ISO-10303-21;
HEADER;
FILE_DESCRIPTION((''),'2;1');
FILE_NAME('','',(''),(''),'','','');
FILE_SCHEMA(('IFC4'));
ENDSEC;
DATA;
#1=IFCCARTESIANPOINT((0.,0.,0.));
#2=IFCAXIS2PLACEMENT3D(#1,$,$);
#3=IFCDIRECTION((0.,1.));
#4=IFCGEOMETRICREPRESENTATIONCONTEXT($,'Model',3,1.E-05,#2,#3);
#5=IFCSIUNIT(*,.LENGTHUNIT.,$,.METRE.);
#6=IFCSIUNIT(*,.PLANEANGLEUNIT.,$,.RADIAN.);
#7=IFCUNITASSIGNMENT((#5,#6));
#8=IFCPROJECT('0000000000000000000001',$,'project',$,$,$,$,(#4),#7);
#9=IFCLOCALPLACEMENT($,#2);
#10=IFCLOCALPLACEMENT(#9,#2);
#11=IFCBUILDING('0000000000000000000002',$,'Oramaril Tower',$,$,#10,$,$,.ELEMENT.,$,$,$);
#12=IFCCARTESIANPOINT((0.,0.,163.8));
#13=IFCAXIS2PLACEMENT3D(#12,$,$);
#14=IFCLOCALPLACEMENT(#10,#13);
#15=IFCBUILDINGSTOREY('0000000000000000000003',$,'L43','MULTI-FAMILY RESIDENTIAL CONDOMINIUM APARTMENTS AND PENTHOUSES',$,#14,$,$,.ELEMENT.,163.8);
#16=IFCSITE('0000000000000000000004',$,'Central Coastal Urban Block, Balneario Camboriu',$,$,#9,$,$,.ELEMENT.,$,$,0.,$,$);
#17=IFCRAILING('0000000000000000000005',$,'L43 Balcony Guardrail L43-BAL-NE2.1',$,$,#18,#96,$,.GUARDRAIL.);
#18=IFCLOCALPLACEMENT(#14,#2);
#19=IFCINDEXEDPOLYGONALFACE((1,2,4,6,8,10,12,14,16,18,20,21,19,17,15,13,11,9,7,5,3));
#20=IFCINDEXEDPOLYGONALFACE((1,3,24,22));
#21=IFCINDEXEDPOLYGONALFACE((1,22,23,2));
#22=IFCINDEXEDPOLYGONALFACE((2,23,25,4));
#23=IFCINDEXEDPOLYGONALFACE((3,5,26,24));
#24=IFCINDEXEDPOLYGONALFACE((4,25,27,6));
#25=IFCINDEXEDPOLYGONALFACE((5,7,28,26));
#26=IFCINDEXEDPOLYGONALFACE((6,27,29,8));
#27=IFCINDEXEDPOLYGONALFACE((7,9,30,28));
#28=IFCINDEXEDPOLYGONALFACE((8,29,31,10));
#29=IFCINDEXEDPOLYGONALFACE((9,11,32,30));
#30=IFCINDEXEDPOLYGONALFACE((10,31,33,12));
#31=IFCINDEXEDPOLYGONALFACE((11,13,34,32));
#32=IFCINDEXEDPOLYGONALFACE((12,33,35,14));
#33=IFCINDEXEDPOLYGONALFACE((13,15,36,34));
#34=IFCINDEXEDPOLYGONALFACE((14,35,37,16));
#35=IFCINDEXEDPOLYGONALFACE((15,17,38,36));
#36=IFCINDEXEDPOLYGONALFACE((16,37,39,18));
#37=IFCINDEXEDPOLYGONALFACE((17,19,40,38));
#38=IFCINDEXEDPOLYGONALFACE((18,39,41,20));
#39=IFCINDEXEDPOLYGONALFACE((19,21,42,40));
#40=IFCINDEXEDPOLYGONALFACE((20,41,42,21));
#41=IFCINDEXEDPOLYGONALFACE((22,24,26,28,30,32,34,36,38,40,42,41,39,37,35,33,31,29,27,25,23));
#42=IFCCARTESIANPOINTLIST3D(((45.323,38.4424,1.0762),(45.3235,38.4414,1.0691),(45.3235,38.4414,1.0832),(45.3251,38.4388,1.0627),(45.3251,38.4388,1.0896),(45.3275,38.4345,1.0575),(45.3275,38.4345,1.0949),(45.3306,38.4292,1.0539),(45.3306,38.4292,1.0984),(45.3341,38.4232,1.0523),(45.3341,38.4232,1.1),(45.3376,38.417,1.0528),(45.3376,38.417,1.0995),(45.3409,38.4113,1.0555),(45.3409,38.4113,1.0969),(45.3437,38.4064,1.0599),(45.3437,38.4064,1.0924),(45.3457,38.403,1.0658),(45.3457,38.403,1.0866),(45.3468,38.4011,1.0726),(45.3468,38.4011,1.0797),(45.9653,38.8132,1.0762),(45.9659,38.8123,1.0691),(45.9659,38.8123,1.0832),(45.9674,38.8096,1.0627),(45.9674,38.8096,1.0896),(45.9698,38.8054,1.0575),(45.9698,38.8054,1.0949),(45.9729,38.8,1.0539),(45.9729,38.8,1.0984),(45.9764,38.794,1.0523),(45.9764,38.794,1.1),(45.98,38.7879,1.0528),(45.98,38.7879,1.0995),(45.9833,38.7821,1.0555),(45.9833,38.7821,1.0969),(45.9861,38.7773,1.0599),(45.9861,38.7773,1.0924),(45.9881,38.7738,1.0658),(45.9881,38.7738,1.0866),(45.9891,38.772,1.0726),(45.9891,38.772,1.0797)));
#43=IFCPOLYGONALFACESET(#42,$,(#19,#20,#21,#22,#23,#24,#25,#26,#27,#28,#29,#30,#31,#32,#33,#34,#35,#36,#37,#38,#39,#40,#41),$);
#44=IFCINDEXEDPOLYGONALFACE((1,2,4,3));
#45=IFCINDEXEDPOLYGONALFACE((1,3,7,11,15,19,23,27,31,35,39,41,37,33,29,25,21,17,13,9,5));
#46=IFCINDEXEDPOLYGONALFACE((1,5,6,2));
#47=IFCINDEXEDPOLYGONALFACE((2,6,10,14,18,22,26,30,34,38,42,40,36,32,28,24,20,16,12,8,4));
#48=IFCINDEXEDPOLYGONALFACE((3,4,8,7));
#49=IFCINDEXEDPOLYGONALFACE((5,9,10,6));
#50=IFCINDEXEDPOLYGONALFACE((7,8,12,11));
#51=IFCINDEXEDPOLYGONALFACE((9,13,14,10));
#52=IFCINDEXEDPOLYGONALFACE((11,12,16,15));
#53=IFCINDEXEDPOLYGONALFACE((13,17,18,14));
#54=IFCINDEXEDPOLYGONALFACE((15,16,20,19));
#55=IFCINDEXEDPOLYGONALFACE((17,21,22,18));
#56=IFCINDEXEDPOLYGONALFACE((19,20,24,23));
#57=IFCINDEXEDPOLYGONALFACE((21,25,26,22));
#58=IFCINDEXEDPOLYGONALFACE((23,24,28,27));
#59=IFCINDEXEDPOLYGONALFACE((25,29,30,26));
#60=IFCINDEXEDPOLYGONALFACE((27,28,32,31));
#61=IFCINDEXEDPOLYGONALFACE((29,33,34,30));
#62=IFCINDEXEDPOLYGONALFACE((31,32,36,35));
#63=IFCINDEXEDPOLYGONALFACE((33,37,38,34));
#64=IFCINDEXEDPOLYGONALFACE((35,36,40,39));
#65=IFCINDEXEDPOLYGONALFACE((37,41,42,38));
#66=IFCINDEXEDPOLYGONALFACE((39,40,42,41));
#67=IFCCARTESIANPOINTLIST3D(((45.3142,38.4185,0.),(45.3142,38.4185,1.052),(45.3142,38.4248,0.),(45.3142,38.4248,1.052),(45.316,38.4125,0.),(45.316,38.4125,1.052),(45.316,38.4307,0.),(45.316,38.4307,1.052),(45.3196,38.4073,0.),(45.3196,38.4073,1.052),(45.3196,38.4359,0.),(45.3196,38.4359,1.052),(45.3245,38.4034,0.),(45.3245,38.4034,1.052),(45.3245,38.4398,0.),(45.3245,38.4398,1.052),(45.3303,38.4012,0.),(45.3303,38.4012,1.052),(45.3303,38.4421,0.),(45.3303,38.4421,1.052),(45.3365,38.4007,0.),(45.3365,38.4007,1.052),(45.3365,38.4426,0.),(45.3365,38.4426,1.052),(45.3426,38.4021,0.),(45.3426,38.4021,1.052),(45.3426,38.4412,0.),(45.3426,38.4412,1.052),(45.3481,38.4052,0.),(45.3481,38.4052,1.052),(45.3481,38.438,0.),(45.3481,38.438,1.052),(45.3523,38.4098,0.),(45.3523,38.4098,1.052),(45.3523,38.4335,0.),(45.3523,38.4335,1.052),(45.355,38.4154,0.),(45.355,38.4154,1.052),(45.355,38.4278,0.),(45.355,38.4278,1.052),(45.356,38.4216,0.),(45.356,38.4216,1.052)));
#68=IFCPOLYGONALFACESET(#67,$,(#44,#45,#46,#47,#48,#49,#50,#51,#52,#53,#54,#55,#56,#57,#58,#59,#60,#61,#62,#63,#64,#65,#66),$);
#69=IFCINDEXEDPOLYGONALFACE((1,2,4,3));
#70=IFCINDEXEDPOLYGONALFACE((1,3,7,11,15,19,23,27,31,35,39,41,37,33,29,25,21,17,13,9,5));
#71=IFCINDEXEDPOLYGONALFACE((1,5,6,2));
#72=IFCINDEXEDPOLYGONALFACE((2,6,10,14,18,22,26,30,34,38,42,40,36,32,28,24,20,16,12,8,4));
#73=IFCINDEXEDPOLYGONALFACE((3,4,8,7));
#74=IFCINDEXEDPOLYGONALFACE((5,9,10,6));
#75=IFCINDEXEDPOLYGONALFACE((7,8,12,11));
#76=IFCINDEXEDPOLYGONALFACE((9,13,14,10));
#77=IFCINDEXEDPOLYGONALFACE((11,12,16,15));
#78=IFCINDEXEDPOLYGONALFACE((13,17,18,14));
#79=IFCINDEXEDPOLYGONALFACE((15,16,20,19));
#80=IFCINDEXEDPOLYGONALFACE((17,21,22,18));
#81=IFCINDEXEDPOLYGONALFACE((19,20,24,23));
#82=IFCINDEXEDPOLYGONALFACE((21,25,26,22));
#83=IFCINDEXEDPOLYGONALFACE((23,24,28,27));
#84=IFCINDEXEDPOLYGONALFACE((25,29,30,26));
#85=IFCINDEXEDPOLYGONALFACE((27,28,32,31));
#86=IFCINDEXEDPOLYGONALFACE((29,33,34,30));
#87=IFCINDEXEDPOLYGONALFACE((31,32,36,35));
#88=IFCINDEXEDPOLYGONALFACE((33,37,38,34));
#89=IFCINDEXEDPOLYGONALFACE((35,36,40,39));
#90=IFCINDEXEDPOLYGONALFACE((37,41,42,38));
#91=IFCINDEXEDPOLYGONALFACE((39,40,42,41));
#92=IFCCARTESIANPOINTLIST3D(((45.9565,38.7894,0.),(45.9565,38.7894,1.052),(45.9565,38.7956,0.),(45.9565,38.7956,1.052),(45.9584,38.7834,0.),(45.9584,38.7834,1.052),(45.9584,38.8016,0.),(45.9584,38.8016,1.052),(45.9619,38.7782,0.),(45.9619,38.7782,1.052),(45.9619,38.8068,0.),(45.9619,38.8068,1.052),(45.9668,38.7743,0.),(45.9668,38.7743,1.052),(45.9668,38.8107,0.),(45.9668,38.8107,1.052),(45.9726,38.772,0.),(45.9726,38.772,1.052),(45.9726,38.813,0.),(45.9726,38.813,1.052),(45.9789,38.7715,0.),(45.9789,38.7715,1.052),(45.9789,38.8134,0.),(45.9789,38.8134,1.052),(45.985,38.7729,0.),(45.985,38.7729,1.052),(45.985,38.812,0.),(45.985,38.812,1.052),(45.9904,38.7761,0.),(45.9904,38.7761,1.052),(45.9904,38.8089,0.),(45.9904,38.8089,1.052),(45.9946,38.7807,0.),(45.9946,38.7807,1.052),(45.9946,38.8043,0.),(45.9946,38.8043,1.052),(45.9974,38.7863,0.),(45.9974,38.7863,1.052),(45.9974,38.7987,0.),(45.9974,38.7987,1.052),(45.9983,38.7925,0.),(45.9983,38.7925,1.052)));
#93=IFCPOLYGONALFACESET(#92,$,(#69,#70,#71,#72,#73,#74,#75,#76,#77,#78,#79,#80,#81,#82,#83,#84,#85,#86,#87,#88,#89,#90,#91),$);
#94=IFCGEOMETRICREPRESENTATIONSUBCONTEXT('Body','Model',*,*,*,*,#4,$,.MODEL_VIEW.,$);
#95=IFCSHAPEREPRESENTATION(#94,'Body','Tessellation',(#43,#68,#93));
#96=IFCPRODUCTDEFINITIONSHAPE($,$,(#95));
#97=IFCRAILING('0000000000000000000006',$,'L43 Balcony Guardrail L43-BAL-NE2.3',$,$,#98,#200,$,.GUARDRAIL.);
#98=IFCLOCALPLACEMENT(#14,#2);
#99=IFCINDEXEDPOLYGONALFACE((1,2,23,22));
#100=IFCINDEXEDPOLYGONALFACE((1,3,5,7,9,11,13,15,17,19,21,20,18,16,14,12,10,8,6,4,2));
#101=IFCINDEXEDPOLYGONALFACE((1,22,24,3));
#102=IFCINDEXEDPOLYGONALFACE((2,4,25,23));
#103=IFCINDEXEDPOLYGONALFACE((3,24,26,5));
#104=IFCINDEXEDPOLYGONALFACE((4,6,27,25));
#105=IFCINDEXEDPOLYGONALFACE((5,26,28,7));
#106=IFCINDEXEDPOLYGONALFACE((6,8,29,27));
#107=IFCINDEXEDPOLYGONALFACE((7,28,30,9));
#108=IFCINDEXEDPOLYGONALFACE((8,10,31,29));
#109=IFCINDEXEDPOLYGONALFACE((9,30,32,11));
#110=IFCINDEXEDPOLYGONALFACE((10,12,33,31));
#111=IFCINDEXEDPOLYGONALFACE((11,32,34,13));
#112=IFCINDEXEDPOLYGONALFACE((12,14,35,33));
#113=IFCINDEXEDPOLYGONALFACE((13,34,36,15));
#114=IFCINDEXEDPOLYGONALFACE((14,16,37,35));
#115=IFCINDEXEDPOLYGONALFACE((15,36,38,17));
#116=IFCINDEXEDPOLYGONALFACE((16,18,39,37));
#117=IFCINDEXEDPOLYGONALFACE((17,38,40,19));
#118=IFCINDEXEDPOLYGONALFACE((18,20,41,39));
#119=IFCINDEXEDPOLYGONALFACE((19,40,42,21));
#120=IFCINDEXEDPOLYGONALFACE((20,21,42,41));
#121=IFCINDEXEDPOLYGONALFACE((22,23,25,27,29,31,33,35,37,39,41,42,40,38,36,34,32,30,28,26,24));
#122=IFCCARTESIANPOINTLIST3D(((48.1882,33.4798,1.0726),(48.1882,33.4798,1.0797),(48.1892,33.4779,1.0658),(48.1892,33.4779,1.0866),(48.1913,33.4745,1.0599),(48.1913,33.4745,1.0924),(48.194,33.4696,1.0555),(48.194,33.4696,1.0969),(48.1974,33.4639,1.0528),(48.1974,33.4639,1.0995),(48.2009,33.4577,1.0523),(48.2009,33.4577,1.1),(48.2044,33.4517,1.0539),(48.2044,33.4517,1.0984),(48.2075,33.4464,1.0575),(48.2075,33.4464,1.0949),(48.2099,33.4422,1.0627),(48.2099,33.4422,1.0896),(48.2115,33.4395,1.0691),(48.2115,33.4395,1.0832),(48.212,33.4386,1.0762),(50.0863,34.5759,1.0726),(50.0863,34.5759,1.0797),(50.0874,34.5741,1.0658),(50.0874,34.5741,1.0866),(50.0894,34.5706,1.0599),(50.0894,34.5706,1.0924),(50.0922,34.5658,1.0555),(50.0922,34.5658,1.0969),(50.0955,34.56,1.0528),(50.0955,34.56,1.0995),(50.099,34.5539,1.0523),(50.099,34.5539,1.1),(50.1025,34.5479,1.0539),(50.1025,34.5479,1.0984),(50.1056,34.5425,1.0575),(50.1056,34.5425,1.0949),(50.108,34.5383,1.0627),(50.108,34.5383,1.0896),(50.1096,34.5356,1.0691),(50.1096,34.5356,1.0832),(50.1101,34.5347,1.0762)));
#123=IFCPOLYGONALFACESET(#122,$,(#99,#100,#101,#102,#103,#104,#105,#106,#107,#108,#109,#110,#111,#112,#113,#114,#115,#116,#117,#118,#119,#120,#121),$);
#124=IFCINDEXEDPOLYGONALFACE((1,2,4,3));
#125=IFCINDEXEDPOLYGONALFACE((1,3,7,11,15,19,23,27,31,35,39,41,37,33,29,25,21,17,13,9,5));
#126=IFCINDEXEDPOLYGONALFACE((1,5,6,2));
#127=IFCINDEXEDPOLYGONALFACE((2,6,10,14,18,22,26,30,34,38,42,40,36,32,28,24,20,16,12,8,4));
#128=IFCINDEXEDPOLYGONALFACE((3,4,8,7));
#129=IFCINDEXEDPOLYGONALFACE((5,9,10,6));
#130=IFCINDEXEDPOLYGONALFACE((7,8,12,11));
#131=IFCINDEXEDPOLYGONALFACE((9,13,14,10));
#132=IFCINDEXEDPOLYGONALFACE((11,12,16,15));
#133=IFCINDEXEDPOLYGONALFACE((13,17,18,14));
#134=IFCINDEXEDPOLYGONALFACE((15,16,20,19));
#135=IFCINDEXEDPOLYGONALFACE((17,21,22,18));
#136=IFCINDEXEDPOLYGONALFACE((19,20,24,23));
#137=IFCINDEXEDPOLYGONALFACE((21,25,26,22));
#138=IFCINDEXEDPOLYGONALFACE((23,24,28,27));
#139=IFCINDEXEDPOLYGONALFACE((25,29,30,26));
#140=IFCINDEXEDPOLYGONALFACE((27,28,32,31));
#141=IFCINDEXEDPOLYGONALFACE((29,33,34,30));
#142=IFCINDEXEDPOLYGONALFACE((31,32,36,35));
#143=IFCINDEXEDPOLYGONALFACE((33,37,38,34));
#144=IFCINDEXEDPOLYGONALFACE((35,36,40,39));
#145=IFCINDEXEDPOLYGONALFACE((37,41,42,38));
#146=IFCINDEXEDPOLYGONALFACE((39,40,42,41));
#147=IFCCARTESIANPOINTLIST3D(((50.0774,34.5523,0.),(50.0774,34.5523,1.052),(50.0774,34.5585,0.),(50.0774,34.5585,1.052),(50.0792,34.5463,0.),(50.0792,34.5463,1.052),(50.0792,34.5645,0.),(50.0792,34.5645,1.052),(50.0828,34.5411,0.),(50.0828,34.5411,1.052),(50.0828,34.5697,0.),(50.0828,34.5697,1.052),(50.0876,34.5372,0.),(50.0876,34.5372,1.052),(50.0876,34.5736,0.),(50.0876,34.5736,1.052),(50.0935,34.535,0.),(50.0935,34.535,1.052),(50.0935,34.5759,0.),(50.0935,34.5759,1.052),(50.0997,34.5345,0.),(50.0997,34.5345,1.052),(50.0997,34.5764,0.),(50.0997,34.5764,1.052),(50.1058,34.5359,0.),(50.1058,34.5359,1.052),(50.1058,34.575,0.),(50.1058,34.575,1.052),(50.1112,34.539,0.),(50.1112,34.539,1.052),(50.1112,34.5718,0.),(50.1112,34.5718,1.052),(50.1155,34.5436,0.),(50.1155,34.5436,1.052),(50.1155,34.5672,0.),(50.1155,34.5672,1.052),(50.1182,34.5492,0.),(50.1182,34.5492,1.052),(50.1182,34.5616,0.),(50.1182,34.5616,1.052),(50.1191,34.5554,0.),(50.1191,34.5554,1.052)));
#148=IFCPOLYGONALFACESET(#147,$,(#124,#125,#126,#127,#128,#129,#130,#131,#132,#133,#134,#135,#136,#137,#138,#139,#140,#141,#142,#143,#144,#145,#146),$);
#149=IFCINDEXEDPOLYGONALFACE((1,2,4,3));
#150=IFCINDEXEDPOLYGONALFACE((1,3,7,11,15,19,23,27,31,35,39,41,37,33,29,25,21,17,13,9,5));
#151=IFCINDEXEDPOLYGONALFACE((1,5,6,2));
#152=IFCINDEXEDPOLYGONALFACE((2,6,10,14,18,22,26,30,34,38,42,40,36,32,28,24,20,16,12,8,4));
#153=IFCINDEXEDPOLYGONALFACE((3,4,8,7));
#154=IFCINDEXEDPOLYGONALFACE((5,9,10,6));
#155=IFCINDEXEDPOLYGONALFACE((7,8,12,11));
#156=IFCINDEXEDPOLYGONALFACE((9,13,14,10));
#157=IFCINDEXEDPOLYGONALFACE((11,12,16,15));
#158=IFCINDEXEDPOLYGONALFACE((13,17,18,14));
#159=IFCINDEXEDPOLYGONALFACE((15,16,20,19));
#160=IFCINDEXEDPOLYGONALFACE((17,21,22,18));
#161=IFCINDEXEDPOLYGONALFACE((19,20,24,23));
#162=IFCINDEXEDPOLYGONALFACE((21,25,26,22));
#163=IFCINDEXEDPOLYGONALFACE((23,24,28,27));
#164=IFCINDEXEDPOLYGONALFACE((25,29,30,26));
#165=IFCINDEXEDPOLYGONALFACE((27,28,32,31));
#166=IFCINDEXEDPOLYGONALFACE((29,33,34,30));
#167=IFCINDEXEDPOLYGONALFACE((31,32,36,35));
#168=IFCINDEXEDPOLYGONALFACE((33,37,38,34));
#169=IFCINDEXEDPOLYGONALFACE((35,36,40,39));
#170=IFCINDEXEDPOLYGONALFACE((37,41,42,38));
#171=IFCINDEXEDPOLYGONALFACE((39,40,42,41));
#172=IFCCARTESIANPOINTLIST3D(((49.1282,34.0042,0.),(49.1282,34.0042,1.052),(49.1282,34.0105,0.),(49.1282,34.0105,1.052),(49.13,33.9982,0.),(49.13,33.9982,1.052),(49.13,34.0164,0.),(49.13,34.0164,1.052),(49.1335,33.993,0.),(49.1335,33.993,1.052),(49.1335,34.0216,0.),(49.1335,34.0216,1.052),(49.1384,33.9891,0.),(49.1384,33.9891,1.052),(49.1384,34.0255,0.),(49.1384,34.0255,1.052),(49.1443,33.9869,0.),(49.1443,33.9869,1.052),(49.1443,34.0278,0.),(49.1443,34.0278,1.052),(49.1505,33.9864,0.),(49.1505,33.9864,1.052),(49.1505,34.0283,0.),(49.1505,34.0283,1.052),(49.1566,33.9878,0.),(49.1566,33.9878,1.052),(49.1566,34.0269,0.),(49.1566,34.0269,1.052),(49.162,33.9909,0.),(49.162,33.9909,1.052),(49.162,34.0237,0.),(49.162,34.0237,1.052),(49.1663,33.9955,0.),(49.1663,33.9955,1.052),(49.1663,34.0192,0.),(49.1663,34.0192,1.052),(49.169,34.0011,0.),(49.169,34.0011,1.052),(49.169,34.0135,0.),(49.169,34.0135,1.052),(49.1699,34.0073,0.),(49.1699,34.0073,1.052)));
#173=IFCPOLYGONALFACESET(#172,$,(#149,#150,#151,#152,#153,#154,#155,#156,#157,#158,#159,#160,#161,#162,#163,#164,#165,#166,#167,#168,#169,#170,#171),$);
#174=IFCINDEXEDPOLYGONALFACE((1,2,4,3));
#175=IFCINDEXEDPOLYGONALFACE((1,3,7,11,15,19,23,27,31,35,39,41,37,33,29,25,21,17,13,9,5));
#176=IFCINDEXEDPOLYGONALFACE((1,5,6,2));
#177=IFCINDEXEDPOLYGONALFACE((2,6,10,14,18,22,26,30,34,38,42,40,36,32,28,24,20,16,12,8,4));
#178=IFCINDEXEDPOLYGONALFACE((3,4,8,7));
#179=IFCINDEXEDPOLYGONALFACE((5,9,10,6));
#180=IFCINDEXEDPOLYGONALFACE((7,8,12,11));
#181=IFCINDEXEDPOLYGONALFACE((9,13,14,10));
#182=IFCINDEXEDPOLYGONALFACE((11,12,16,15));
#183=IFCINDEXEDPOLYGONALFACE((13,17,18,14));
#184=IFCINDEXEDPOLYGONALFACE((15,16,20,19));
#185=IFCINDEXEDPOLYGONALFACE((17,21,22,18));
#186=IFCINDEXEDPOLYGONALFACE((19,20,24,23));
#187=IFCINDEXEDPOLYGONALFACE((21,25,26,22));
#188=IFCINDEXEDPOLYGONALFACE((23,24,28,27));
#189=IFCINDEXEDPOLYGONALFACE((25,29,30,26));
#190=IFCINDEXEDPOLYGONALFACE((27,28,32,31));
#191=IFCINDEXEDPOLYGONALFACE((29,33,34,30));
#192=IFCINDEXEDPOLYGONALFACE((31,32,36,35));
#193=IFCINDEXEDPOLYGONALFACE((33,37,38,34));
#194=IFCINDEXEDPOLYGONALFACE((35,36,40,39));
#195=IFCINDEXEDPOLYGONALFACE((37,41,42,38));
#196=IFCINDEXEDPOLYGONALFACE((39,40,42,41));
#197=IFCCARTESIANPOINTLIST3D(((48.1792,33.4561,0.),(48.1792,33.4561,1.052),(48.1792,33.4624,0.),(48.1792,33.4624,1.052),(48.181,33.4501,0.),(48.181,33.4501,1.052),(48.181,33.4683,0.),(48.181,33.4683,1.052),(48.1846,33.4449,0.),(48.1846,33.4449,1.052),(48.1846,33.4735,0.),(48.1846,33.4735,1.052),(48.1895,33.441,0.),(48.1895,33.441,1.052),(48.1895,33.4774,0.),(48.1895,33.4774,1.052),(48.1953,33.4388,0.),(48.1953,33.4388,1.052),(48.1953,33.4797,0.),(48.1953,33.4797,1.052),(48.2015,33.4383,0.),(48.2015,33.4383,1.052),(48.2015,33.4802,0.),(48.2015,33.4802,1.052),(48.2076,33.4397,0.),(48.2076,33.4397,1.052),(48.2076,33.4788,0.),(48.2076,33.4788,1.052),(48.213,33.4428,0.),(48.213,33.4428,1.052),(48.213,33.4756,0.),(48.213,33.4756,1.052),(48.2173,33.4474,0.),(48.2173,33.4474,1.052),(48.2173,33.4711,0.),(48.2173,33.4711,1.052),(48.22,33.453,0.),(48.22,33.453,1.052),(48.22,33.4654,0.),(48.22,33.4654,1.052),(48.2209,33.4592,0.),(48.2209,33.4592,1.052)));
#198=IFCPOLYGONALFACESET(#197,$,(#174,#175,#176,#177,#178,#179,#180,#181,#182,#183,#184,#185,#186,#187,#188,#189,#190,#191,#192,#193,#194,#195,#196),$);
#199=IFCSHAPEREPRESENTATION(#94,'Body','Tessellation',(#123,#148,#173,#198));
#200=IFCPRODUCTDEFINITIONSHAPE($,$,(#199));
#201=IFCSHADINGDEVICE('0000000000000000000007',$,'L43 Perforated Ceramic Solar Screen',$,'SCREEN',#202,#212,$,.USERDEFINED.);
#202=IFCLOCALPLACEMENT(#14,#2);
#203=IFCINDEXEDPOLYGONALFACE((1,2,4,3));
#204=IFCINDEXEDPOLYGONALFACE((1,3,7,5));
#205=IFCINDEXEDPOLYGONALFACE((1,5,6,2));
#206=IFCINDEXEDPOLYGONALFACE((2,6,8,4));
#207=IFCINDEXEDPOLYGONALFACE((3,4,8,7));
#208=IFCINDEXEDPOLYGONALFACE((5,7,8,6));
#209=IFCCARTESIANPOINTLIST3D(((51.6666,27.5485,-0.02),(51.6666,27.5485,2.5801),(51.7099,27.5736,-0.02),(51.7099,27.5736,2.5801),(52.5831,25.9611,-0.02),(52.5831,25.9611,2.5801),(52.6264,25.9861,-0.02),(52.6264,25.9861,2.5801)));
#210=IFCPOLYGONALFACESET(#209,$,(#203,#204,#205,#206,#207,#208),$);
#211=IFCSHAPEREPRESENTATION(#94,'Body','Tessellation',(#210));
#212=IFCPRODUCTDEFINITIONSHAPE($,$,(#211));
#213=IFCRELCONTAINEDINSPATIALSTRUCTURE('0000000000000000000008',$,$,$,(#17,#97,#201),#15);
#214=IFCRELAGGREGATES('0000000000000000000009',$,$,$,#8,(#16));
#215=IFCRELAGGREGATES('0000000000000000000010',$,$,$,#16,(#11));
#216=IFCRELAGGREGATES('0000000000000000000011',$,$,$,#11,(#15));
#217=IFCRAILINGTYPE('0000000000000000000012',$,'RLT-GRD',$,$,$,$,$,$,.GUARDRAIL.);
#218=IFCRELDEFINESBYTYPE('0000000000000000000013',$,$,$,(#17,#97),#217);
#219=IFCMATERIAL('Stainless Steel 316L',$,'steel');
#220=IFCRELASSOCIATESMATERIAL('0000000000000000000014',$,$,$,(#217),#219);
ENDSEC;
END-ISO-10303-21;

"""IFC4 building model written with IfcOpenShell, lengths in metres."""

from ifc_helpers import new_model, si_unit, direction, frame, origin, origin_2d, place, context, subcontext, project, spatial, rectangle, circle, extrude, material, type_object, element, save


model = new_model("IFC4")

# Units and contexts
model_context = context("Model", 3, precision=1e-05, world=origin(), true_north=direction((0.0, 1.0)))
body_context = subcontext(model_context, "Body", "Model", "MODEL_VIEW")
ifc_project = project(units=[si_unit("LENGTHUNIT", "METRE"), si_unit("PLANEANGLEUNIT", "RADIAN")], contexts=[model_context])

# Site, building, storey
site_placement = place(None, origin())
site = spatial("IfcSite", under=ifc_project, at=site_placement, Name="Central Coastal Urban Block, Balneario Camboriu", CompositionType="ELEMENT", RefElevation=0.0)
building_placement = place(site_placement, origin())
building = spatial("IfcBuilding", under=site, at=building_placement, Name="Oramaril Tower", CompositionType="ELEMENT")
storey_placement = place(building_placement, frame((0.0, 0.0, 163.8)))
storey = spatial("IfcBuildingStorey", under=building, at=storey_placement, Name="L43", Description="MULTI-FAMILY RESIDENTIAL CONDOMINIUM APARTMENTS AND PENTHOUSES", CompositionType="ELEMENT", Elevation=163.8)

# Railings
ifc_material_1 = material(Name="Stainless Steel 316L", Category="steel")
railing_type = type_object("IfcRailingType", Name="RLT-GRD", PredefinedType="GUARDRAIL", material=ifc_material_1)
railing_1_placement = place(storey_placement, frame((45.335, 38.4216, 0.0)))
element("IfcRailing", 1, at=railing_1_placement, inside=storey, type_object=railing_type, Name="L43 Balcony Guardrail L43-BAL-NE2.1", PredefinedType="GUARDRAIL", context=body_context, shape_type="SweptSolid", body=[
    extrude(circle(Radius=0.0239, at=origin_2d()), frame((0.0, 0.0, 1.0762), z_axis=(0.866027, 0.499998, 0.0), x_axis=(-0.499998, 0.866027, 0.0)), (0.0, 0.0, 1.0), 0.7417),
    extrude(circle(Radius=0.021, at=origin_2d()), origin(), (0.0, 0.0, 1.0), 1.052),
    extrude(circle(Radius=0.021, at=origin_2d()), frame((0.6423, 0.3708, 0.0)), (0.0, 0.0, 1.0), 1.052),
])
railing_2_placement = place(storey_placement, frame((50.0981, 34.5554, 0.0)))
element("IfcRailing", 2, at=railing_2_placement, inside=storey, type_object=railing_type, Name="L43 Balcony Guardrail L43-BAL-NE2.3", PredefinedType="GUARDRAIL", context=body_context, shape_type="SweptSolid", body=[
    extrude(circle(Radius=0.0239, at=origin_2d()), frame((0.0, 0.0, 1.0762), z_axis=(-0.865972, -0.500092, 0.0), x_axis=(0.500092, -0.865972, 0.0)), (0.0, 0.0, 1.0), 2.1919),
    extrude(circle(Radius=0.021, at=origin_2d()), origin(), (0.0, 0.0, 1.0), 1.052),
    extrude(circle(Radius=0.021, at=origin_2d()), frame((-0.9492, -0.5481, 0.0)), (0.0, 0.0, 1.0), 1.052),
    extrude(circle(Radius=0.021, at=origin_2d()), frame((-1.8982, -1.0962, 0.0)), (0.0, 0.0, 1.0), 1.052),
])

# Shading device
for number, where, z_axis, x_axis, name in (
    (3, (52.1465, 26.7673, -0.02), (0.0, 0.0, 1.0), (-0.5, 0.866025, 0.0), "L43 Perforated Ceramic Solar Screen"),
):
    element("IfcShadingDevice", number, at=place(storey_placement, frame(where, z_axis=z_axis, x_axis=x_axis)), inside=storey, Name=name, ObjectType="SCREEN", PredefinedType="USERDEFINED", context=body_context, shape_type="SweptSolid", body=[
        extrude(rectangle(XDim=1.833, YDim=0.05, at=origin_2d()), origin(), (0.0, 0.0, 1.0), 2.6001),
    ])

save(model, "model.ifc")
